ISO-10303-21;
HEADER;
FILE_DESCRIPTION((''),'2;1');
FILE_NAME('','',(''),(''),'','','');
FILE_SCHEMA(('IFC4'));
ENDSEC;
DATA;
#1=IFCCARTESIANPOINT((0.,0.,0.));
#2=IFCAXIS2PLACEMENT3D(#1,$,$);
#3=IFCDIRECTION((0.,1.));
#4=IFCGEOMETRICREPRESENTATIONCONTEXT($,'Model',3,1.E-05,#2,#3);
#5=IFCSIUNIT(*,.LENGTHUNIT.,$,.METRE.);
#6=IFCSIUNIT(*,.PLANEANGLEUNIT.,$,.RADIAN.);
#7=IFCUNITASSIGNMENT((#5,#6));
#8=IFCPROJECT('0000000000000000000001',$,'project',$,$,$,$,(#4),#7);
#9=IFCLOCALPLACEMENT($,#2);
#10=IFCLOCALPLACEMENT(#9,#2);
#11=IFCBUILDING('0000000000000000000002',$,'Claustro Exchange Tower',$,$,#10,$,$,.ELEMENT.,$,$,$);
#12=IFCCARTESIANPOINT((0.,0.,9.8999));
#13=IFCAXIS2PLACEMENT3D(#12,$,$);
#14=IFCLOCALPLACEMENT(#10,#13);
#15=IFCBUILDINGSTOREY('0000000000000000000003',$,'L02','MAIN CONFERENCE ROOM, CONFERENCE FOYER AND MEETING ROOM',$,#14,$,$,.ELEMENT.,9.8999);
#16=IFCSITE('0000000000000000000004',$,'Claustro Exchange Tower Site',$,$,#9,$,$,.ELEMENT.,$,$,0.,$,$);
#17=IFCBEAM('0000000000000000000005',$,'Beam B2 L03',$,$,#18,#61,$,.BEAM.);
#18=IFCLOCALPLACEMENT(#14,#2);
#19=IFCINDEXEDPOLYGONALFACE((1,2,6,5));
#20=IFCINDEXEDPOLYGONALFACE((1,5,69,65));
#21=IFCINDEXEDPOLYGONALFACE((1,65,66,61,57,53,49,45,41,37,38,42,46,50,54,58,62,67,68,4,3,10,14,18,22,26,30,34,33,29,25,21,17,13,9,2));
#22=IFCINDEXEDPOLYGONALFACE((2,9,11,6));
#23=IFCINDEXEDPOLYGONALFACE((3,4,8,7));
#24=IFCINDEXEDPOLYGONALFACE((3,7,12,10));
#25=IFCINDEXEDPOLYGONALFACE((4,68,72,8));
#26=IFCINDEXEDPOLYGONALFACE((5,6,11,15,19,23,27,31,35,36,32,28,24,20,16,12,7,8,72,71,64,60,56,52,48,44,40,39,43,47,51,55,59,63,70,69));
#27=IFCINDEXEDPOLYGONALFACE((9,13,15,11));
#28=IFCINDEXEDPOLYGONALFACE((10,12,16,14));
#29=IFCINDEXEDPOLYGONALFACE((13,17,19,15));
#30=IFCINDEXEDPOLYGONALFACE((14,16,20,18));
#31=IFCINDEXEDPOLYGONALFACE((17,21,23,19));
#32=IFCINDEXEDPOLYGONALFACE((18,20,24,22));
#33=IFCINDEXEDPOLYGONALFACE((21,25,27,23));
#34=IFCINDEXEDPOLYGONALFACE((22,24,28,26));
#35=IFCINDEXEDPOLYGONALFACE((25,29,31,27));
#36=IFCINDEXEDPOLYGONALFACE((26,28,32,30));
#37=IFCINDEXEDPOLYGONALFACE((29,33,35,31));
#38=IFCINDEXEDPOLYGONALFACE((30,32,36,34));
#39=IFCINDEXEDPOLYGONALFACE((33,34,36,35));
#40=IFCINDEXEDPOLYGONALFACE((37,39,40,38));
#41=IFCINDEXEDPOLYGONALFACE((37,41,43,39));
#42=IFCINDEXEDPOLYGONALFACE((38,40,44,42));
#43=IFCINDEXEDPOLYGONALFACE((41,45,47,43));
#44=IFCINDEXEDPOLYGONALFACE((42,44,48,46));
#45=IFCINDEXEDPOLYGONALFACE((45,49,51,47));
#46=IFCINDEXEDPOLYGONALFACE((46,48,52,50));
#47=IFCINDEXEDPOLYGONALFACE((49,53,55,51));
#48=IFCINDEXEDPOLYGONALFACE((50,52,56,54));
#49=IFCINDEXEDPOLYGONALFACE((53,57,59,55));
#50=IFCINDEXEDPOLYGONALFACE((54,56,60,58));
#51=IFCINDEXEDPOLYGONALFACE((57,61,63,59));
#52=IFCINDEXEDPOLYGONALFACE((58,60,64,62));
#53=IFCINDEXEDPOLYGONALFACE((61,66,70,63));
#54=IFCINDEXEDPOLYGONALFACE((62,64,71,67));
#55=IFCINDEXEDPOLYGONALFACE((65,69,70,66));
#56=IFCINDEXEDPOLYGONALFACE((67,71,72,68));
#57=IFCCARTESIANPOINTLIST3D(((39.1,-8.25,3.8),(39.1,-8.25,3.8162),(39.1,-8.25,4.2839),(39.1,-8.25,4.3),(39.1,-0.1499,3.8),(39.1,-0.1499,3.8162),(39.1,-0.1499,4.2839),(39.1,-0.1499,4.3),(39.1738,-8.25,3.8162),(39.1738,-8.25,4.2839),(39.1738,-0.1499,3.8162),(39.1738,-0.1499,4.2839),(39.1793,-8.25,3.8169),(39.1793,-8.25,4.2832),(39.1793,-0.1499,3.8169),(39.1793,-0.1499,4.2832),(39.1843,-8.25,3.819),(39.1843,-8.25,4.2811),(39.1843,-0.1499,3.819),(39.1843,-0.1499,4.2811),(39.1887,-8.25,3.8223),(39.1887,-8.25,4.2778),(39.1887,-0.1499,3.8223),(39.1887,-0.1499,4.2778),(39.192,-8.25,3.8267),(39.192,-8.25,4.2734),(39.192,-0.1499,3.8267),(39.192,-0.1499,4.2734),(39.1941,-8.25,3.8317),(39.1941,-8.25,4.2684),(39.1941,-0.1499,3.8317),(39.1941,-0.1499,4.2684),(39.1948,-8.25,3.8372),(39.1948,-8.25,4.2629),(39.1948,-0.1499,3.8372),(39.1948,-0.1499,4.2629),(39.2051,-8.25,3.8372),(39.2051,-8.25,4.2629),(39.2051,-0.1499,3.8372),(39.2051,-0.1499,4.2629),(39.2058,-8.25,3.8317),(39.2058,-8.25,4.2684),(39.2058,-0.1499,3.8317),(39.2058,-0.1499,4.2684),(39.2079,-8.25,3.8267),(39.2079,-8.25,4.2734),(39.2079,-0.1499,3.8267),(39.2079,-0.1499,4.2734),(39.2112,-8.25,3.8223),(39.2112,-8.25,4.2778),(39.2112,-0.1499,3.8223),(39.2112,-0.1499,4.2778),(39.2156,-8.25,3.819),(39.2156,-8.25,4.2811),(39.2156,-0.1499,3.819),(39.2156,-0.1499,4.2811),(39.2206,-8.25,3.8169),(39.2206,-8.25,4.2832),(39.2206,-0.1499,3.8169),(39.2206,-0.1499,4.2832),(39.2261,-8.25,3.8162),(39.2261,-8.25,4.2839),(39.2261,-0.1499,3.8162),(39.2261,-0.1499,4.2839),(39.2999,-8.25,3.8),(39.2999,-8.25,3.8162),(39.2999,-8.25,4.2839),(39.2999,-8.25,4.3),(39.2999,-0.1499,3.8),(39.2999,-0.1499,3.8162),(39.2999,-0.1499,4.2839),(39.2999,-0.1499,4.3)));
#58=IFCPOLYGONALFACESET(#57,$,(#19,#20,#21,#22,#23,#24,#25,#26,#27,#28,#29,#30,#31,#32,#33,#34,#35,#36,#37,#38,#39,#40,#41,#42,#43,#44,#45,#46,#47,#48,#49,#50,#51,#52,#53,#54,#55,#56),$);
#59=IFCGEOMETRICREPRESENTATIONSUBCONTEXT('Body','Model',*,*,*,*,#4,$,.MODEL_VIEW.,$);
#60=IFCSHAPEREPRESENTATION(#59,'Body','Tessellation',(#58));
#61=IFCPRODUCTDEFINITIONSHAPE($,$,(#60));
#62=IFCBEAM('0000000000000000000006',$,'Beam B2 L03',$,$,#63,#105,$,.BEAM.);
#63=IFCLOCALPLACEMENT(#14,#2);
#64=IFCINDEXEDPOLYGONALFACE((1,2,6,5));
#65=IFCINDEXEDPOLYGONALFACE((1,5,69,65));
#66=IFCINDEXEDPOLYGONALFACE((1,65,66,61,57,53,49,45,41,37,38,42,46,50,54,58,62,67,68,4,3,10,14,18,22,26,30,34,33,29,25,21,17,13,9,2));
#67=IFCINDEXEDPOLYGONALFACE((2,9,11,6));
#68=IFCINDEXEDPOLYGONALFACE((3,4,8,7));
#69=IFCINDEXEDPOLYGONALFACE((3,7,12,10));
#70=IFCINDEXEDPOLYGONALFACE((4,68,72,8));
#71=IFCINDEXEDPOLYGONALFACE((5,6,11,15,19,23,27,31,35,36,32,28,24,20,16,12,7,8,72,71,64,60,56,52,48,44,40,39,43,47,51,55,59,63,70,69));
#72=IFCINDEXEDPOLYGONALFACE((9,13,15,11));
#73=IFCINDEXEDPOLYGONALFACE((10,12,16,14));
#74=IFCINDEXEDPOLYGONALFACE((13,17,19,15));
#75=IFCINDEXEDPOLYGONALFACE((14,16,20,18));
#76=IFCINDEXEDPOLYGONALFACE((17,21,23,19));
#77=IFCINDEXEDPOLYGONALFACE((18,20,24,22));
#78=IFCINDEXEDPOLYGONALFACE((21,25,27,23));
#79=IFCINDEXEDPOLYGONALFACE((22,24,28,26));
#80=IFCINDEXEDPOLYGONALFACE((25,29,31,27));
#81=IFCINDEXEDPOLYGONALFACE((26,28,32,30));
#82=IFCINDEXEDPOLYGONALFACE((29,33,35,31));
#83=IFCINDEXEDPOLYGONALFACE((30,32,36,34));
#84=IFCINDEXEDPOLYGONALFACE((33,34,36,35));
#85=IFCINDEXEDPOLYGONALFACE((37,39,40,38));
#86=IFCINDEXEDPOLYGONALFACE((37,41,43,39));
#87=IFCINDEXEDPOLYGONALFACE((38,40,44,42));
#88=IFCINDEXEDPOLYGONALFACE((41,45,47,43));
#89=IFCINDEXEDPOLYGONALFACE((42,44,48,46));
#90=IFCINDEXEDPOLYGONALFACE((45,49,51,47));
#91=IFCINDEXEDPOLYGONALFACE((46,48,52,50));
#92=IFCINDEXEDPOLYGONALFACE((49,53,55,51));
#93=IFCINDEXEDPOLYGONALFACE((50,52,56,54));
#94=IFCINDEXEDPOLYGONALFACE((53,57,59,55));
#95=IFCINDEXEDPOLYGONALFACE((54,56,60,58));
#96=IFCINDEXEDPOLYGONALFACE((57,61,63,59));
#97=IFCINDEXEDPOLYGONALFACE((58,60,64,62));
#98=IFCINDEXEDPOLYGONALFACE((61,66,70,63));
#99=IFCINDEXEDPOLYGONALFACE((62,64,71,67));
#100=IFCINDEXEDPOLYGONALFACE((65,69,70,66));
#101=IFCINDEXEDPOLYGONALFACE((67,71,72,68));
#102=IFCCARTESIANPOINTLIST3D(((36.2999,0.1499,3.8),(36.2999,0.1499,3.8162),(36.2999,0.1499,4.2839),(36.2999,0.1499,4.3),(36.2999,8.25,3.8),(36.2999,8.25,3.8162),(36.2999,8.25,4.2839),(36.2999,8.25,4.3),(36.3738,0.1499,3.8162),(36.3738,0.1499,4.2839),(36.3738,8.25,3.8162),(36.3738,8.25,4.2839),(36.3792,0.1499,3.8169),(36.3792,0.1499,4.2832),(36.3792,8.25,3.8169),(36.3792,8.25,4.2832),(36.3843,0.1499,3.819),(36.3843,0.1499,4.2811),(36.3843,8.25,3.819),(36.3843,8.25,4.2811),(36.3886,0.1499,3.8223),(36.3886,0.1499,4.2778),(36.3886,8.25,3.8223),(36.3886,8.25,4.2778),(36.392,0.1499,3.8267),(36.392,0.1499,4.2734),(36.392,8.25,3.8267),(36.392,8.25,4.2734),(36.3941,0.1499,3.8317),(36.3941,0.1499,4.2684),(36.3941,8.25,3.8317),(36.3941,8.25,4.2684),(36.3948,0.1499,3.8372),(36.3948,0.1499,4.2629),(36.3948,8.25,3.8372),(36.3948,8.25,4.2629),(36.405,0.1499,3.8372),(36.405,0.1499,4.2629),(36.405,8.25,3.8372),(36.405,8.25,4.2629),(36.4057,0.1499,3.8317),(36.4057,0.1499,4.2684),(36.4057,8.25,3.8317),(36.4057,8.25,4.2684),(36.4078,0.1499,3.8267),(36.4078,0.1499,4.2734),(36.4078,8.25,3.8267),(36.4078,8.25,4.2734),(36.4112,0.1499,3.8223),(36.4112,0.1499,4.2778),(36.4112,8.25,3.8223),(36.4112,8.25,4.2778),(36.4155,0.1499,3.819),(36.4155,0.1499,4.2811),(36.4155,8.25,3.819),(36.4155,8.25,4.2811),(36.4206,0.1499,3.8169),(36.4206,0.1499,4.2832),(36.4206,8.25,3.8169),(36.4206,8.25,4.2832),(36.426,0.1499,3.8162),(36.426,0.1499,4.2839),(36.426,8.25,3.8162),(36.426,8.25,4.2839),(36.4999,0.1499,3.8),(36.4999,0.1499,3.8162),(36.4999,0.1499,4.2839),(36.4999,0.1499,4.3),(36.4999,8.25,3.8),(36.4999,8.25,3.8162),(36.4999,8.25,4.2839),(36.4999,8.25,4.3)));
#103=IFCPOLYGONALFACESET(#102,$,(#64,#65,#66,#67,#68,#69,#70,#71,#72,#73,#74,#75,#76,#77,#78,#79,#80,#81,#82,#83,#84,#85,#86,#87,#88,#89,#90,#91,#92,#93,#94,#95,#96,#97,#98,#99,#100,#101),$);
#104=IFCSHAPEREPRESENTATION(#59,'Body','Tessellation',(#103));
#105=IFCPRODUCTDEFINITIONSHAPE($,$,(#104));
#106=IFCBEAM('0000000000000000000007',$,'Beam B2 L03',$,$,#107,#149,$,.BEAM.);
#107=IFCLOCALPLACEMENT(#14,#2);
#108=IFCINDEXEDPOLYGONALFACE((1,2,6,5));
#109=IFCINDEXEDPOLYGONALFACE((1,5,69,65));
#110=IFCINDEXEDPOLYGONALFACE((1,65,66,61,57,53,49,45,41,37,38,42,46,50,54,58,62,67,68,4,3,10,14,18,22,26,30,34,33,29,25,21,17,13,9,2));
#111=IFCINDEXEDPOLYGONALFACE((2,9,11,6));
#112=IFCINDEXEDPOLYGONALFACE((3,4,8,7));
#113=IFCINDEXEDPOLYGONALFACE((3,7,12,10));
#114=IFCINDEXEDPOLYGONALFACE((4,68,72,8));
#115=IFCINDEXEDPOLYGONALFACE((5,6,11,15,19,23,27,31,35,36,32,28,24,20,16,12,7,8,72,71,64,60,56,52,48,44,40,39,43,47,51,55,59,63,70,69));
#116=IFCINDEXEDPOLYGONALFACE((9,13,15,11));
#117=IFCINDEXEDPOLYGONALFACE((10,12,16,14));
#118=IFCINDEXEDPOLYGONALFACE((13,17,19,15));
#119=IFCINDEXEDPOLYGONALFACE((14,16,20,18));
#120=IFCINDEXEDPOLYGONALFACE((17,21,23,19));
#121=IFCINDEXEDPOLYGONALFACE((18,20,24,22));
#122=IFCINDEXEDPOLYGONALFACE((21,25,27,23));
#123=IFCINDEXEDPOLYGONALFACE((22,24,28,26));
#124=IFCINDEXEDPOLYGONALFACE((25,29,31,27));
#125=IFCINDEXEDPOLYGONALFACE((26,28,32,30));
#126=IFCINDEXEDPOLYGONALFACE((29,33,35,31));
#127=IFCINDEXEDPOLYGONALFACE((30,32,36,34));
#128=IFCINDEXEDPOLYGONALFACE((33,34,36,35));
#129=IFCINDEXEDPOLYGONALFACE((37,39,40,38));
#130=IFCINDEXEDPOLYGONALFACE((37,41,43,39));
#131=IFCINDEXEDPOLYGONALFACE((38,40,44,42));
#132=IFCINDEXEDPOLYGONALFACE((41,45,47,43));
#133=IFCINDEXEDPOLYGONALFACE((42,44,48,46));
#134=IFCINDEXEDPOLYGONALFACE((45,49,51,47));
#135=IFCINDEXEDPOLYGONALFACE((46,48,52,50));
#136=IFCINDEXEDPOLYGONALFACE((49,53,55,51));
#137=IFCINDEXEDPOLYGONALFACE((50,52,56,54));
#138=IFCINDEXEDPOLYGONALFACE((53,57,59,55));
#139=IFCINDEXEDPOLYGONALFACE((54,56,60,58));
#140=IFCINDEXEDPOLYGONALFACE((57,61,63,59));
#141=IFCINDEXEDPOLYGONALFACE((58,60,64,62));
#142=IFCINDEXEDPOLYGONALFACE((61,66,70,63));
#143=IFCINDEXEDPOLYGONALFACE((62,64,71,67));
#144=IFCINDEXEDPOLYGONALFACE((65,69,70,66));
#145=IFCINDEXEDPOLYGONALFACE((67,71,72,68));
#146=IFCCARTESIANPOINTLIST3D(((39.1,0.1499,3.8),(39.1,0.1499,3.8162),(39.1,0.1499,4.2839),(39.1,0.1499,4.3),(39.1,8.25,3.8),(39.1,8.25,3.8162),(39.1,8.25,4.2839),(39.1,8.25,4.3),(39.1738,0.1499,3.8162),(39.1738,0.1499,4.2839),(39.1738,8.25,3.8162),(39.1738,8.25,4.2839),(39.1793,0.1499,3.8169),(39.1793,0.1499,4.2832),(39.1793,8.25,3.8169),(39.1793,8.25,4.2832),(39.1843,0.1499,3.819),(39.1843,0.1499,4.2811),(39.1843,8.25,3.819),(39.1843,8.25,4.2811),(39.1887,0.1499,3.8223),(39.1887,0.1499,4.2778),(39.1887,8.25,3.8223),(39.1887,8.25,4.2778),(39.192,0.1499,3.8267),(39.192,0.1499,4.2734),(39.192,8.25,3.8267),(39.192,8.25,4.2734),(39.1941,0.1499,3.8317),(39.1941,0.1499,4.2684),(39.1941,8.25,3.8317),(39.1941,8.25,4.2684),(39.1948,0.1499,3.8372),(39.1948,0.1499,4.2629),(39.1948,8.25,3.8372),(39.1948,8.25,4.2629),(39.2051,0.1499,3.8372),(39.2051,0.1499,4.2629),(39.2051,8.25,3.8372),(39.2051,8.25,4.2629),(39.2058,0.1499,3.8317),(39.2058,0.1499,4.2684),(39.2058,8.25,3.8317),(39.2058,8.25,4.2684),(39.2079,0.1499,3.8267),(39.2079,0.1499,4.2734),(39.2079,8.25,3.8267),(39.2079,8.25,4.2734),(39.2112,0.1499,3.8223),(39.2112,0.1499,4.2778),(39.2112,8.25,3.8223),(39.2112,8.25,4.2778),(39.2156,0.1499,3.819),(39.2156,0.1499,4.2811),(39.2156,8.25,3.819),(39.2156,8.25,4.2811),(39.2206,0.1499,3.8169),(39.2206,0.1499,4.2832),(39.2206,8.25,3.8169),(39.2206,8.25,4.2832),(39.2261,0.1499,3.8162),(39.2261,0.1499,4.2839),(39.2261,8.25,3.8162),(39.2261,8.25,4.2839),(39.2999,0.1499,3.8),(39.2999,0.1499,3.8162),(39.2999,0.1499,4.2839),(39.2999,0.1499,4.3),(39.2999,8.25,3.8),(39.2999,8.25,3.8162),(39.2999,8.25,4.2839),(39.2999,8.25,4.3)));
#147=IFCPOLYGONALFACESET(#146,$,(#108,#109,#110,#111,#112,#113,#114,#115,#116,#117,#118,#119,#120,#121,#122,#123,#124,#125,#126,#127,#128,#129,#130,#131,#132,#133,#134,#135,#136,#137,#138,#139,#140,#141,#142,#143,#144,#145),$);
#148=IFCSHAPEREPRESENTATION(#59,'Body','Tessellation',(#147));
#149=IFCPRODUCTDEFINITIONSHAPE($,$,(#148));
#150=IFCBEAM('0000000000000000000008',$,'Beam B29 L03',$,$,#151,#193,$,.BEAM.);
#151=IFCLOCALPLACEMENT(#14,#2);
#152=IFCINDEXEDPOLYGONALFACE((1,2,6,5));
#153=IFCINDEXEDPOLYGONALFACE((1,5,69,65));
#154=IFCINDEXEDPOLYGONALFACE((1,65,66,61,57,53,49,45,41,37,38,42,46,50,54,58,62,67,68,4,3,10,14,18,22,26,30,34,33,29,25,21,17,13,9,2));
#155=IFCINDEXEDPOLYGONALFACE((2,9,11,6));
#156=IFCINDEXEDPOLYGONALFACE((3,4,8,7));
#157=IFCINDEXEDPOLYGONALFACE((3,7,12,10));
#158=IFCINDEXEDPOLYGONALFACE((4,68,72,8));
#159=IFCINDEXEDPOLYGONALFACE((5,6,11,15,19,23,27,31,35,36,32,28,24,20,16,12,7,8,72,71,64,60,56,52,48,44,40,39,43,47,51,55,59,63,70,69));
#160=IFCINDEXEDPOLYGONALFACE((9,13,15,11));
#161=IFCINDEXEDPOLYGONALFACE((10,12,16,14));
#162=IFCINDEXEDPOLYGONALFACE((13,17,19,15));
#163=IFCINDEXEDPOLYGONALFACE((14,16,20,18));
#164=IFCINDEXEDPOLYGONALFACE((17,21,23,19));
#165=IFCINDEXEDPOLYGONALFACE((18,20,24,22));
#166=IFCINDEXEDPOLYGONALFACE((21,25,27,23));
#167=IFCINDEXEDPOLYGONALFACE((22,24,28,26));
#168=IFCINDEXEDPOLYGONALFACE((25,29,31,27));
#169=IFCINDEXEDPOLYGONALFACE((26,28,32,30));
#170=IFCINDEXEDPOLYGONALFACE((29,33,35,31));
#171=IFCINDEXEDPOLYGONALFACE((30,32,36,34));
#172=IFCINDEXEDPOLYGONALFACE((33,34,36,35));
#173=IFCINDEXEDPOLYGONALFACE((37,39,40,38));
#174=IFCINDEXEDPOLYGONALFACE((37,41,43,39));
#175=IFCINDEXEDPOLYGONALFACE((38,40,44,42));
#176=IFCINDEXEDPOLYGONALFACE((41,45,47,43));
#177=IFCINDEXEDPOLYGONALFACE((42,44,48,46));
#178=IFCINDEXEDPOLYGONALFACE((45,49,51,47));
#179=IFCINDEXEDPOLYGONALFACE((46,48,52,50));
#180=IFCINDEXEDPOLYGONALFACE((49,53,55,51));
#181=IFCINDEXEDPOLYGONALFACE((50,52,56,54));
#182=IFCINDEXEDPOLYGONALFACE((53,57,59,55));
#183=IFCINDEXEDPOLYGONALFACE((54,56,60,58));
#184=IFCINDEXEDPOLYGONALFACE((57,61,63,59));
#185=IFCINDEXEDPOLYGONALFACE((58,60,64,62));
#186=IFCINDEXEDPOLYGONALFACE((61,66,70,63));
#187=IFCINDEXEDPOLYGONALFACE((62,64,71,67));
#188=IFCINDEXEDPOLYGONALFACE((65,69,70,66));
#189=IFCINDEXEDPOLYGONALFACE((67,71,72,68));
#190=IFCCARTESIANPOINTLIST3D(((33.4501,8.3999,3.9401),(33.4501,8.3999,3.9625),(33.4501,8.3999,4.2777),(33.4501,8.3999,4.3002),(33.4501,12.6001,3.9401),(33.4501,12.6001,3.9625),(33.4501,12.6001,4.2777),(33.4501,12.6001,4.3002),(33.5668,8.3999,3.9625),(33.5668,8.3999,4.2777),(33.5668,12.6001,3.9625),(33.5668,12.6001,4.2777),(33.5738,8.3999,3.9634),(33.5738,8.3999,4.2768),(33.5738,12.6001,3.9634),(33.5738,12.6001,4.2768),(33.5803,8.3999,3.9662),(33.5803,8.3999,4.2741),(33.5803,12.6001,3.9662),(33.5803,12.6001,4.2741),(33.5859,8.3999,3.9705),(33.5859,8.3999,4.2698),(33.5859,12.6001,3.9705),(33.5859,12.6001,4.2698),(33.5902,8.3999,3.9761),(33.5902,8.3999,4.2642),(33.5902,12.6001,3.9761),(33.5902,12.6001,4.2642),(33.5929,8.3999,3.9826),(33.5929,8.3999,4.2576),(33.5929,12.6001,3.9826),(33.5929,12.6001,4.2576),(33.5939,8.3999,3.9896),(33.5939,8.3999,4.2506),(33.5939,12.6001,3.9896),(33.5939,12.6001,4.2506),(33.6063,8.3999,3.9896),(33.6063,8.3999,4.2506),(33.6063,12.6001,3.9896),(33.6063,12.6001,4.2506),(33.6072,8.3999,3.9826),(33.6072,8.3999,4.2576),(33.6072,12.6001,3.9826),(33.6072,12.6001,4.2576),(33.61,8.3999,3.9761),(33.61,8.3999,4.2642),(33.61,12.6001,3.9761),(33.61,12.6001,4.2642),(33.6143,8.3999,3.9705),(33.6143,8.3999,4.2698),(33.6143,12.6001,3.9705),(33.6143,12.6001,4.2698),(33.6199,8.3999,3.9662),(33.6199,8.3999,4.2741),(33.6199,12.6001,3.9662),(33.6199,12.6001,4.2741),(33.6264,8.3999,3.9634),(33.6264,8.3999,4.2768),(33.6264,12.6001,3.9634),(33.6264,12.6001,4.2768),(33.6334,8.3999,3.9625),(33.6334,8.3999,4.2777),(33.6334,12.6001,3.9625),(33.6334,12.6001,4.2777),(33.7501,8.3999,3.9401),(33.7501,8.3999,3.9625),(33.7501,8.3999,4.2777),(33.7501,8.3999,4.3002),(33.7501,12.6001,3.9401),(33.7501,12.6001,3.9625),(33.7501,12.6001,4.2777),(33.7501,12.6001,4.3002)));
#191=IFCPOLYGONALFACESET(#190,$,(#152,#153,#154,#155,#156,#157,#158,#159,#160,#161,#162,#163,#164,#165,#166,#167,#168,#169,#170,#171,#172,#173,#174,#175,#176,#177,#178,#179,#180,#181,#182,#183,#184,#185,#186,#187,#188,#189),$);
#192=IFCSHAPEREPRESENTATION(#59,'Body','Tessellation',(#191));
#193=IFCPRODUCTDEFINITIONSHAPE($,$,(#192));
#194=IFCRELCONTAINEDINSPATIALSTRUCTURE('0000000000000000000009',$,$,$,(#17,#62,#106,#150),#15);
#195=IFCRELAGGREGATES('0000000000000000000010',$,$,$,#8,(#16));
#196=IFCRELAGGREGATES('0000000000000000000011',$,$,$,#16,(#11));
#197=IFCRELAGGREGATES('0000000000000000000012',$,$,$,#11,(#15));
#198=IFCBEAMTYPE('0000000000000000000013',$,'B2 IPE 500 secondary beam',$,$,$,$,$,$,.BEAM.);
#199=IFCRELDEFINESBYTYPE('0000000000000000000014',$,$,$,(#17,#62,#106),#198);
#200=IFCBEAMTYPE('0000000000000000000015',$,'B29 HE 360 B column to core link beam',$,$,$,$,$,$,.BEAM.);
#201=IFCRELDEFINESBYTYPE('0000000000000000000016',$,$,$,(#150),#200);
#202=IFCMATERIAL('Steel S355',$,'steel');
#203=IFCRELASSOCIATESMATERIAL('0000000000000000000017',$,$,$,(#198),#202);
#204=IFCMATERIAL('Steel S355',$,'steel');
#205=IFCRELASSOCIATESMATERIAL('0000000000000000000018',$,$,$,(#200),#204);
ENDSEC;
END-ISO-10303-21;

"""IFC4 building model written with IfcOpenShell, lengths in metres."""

from ifc_helpers import new_model, si_unit, direction, frame, origin, origin_2d, place, context, subcontext, project, spatial, i_section, extrude, material, material_profile, profile_set, type_object, element, save


model = new_model("IFC4")

# Units and contexts
model_context = context("Model", 3, precision=1e-05, world=origin(), true_north=direction((0.0, 1.0)))
body_context = subcontext(model_context, "Body", "Model", "MODEL_VIEW")
ifc_project = project(units=[si_unit("LENGTHUNIT", "METRE"), si_unit("PLANEANGLEUNIT", "RADIAN")], contexts=[model_context])

# Site, building, storey
site_placement = place(None, origin())
site = spatial("IfcSite", under=ifc_project, at=site_placement, Name="Claustro Exchange Tower Site", CompositionType="ELEMENT", RefElevation=0.0)
building_placement = place(site_placement, origin())
building = spatial("IfcBuilding", under=site, at=building_placement, Name="Claustro Exchange Tower", CompositionType="ELEMENT")
storey_placement = place(building_placement, frame((0.0, 0.0, 9.8999)))
storey = spatial("IfcBuildingStorey", under=building, at=storey_placement, Name="L02", Description="MAIN CONFERENCE ROOM, CONFERENCE FOYER AND MEETING ROOM", CompositionType="ELEMENT", Elevation=9.8999)

# Beams
ifc_material_1 = material(Name="Steel S355", Category="steel")
ifc_material_profile_1 = material_profile(ifc_material_1, i_section(OverallWidth=0.2, OverallDepth=0.5, WebThickness=0.0103, FlangeThickness=0.0161, FilletRadius=0.021, at=origin_2d()), Name="IPE 500")
ifc_profile_set_1 = profile_set([ifc_material_profile_1], Name="Steel S355")
beam_type_1 = type_object("IfcBeamType", Name="B2 IPE 500 secondary beam", PredefinedType="BEAM", material=ifc_profile_set_1)
for number, where, z_axis, x_axis, name in (
    (1, (39.2, -8.25, 4.05), (0.0, 1.0, 0.0), (-1.0, 0.0, 0.0), "Beam B2 L03"),
    (2, (36.3999, 0.1499, 4.05), (0.0, 1.0, 0.0), (-1.0, 0.0, 0.0), "Beam B2 L03"),
    (3, (39.2, 0.1499, 4.05), (0.0, 1.0, 0.0), (-1.0, 0.0, 0.0), "Beam B2 L03"),
):
    element("IfcBeam", number, at=place(storey_placement, frame(where, z_axis=z_axis, x_axis=x_axis)), inside=storey, type_object=beam_type_1, Name=name, PredefinedType="BEAM", context=body_context, shape_type="SweptSolid", body=[
        extrude(i_section(OverallWidth=0.2, OverallDepth=0.5, WebThickness=0.0103, FlangeThickness=0.0161, FilletRadius=0.021, at=origin_2d()), origin(), (0.0, 0.0, 1.0), 8.1001),
    ])
ifc_material_2 = material(Name="Steel S355", Category="steel")
ifc_material_profile_2 = material_profile(ifc_material_2, i_section(OverallWidth=0.3, OverallDepth=0.3601, WebThickness=0.0125, FlangeThickness=0.0225, FilletRadius=0.0271, at=origin_2d()), Name="HE 360 B")
ifc_profile_set_2 = profile_set([ifc_material_profile_2], Name="Steel S355")
beam_type_2 = type_object("IfcBeamType", Name="B29 HE 360 B column to core link beam", PredefinedType="BEAM", material=ifc_profile_set_2)
beam_placement = place(storey_placement, frame((33.6001, 8.3999, 4.1201), z_axis=(0.0, 1.0, 0.0), x_axis=(-1.0, 0.0, 0.0)))
element("IfcBeam", 4, at=beam_placement, inside=storey, type_object=beam_type_2, Name="Beam B29 L03", PredefinedType="BEAM", context=body_context, shape_type="SweptSolid", body=[
    extrude(i_section(OverallWidth=0.3, OverallDepth=0.3601, WebThickness=0.0125, FlangeThickness=0.0225, FilletRadius=0.0271, at=origin_2d()), origin(), (0.0, 0.0, 1.0), 4.2002),
])

save(model, "model.ifc")
